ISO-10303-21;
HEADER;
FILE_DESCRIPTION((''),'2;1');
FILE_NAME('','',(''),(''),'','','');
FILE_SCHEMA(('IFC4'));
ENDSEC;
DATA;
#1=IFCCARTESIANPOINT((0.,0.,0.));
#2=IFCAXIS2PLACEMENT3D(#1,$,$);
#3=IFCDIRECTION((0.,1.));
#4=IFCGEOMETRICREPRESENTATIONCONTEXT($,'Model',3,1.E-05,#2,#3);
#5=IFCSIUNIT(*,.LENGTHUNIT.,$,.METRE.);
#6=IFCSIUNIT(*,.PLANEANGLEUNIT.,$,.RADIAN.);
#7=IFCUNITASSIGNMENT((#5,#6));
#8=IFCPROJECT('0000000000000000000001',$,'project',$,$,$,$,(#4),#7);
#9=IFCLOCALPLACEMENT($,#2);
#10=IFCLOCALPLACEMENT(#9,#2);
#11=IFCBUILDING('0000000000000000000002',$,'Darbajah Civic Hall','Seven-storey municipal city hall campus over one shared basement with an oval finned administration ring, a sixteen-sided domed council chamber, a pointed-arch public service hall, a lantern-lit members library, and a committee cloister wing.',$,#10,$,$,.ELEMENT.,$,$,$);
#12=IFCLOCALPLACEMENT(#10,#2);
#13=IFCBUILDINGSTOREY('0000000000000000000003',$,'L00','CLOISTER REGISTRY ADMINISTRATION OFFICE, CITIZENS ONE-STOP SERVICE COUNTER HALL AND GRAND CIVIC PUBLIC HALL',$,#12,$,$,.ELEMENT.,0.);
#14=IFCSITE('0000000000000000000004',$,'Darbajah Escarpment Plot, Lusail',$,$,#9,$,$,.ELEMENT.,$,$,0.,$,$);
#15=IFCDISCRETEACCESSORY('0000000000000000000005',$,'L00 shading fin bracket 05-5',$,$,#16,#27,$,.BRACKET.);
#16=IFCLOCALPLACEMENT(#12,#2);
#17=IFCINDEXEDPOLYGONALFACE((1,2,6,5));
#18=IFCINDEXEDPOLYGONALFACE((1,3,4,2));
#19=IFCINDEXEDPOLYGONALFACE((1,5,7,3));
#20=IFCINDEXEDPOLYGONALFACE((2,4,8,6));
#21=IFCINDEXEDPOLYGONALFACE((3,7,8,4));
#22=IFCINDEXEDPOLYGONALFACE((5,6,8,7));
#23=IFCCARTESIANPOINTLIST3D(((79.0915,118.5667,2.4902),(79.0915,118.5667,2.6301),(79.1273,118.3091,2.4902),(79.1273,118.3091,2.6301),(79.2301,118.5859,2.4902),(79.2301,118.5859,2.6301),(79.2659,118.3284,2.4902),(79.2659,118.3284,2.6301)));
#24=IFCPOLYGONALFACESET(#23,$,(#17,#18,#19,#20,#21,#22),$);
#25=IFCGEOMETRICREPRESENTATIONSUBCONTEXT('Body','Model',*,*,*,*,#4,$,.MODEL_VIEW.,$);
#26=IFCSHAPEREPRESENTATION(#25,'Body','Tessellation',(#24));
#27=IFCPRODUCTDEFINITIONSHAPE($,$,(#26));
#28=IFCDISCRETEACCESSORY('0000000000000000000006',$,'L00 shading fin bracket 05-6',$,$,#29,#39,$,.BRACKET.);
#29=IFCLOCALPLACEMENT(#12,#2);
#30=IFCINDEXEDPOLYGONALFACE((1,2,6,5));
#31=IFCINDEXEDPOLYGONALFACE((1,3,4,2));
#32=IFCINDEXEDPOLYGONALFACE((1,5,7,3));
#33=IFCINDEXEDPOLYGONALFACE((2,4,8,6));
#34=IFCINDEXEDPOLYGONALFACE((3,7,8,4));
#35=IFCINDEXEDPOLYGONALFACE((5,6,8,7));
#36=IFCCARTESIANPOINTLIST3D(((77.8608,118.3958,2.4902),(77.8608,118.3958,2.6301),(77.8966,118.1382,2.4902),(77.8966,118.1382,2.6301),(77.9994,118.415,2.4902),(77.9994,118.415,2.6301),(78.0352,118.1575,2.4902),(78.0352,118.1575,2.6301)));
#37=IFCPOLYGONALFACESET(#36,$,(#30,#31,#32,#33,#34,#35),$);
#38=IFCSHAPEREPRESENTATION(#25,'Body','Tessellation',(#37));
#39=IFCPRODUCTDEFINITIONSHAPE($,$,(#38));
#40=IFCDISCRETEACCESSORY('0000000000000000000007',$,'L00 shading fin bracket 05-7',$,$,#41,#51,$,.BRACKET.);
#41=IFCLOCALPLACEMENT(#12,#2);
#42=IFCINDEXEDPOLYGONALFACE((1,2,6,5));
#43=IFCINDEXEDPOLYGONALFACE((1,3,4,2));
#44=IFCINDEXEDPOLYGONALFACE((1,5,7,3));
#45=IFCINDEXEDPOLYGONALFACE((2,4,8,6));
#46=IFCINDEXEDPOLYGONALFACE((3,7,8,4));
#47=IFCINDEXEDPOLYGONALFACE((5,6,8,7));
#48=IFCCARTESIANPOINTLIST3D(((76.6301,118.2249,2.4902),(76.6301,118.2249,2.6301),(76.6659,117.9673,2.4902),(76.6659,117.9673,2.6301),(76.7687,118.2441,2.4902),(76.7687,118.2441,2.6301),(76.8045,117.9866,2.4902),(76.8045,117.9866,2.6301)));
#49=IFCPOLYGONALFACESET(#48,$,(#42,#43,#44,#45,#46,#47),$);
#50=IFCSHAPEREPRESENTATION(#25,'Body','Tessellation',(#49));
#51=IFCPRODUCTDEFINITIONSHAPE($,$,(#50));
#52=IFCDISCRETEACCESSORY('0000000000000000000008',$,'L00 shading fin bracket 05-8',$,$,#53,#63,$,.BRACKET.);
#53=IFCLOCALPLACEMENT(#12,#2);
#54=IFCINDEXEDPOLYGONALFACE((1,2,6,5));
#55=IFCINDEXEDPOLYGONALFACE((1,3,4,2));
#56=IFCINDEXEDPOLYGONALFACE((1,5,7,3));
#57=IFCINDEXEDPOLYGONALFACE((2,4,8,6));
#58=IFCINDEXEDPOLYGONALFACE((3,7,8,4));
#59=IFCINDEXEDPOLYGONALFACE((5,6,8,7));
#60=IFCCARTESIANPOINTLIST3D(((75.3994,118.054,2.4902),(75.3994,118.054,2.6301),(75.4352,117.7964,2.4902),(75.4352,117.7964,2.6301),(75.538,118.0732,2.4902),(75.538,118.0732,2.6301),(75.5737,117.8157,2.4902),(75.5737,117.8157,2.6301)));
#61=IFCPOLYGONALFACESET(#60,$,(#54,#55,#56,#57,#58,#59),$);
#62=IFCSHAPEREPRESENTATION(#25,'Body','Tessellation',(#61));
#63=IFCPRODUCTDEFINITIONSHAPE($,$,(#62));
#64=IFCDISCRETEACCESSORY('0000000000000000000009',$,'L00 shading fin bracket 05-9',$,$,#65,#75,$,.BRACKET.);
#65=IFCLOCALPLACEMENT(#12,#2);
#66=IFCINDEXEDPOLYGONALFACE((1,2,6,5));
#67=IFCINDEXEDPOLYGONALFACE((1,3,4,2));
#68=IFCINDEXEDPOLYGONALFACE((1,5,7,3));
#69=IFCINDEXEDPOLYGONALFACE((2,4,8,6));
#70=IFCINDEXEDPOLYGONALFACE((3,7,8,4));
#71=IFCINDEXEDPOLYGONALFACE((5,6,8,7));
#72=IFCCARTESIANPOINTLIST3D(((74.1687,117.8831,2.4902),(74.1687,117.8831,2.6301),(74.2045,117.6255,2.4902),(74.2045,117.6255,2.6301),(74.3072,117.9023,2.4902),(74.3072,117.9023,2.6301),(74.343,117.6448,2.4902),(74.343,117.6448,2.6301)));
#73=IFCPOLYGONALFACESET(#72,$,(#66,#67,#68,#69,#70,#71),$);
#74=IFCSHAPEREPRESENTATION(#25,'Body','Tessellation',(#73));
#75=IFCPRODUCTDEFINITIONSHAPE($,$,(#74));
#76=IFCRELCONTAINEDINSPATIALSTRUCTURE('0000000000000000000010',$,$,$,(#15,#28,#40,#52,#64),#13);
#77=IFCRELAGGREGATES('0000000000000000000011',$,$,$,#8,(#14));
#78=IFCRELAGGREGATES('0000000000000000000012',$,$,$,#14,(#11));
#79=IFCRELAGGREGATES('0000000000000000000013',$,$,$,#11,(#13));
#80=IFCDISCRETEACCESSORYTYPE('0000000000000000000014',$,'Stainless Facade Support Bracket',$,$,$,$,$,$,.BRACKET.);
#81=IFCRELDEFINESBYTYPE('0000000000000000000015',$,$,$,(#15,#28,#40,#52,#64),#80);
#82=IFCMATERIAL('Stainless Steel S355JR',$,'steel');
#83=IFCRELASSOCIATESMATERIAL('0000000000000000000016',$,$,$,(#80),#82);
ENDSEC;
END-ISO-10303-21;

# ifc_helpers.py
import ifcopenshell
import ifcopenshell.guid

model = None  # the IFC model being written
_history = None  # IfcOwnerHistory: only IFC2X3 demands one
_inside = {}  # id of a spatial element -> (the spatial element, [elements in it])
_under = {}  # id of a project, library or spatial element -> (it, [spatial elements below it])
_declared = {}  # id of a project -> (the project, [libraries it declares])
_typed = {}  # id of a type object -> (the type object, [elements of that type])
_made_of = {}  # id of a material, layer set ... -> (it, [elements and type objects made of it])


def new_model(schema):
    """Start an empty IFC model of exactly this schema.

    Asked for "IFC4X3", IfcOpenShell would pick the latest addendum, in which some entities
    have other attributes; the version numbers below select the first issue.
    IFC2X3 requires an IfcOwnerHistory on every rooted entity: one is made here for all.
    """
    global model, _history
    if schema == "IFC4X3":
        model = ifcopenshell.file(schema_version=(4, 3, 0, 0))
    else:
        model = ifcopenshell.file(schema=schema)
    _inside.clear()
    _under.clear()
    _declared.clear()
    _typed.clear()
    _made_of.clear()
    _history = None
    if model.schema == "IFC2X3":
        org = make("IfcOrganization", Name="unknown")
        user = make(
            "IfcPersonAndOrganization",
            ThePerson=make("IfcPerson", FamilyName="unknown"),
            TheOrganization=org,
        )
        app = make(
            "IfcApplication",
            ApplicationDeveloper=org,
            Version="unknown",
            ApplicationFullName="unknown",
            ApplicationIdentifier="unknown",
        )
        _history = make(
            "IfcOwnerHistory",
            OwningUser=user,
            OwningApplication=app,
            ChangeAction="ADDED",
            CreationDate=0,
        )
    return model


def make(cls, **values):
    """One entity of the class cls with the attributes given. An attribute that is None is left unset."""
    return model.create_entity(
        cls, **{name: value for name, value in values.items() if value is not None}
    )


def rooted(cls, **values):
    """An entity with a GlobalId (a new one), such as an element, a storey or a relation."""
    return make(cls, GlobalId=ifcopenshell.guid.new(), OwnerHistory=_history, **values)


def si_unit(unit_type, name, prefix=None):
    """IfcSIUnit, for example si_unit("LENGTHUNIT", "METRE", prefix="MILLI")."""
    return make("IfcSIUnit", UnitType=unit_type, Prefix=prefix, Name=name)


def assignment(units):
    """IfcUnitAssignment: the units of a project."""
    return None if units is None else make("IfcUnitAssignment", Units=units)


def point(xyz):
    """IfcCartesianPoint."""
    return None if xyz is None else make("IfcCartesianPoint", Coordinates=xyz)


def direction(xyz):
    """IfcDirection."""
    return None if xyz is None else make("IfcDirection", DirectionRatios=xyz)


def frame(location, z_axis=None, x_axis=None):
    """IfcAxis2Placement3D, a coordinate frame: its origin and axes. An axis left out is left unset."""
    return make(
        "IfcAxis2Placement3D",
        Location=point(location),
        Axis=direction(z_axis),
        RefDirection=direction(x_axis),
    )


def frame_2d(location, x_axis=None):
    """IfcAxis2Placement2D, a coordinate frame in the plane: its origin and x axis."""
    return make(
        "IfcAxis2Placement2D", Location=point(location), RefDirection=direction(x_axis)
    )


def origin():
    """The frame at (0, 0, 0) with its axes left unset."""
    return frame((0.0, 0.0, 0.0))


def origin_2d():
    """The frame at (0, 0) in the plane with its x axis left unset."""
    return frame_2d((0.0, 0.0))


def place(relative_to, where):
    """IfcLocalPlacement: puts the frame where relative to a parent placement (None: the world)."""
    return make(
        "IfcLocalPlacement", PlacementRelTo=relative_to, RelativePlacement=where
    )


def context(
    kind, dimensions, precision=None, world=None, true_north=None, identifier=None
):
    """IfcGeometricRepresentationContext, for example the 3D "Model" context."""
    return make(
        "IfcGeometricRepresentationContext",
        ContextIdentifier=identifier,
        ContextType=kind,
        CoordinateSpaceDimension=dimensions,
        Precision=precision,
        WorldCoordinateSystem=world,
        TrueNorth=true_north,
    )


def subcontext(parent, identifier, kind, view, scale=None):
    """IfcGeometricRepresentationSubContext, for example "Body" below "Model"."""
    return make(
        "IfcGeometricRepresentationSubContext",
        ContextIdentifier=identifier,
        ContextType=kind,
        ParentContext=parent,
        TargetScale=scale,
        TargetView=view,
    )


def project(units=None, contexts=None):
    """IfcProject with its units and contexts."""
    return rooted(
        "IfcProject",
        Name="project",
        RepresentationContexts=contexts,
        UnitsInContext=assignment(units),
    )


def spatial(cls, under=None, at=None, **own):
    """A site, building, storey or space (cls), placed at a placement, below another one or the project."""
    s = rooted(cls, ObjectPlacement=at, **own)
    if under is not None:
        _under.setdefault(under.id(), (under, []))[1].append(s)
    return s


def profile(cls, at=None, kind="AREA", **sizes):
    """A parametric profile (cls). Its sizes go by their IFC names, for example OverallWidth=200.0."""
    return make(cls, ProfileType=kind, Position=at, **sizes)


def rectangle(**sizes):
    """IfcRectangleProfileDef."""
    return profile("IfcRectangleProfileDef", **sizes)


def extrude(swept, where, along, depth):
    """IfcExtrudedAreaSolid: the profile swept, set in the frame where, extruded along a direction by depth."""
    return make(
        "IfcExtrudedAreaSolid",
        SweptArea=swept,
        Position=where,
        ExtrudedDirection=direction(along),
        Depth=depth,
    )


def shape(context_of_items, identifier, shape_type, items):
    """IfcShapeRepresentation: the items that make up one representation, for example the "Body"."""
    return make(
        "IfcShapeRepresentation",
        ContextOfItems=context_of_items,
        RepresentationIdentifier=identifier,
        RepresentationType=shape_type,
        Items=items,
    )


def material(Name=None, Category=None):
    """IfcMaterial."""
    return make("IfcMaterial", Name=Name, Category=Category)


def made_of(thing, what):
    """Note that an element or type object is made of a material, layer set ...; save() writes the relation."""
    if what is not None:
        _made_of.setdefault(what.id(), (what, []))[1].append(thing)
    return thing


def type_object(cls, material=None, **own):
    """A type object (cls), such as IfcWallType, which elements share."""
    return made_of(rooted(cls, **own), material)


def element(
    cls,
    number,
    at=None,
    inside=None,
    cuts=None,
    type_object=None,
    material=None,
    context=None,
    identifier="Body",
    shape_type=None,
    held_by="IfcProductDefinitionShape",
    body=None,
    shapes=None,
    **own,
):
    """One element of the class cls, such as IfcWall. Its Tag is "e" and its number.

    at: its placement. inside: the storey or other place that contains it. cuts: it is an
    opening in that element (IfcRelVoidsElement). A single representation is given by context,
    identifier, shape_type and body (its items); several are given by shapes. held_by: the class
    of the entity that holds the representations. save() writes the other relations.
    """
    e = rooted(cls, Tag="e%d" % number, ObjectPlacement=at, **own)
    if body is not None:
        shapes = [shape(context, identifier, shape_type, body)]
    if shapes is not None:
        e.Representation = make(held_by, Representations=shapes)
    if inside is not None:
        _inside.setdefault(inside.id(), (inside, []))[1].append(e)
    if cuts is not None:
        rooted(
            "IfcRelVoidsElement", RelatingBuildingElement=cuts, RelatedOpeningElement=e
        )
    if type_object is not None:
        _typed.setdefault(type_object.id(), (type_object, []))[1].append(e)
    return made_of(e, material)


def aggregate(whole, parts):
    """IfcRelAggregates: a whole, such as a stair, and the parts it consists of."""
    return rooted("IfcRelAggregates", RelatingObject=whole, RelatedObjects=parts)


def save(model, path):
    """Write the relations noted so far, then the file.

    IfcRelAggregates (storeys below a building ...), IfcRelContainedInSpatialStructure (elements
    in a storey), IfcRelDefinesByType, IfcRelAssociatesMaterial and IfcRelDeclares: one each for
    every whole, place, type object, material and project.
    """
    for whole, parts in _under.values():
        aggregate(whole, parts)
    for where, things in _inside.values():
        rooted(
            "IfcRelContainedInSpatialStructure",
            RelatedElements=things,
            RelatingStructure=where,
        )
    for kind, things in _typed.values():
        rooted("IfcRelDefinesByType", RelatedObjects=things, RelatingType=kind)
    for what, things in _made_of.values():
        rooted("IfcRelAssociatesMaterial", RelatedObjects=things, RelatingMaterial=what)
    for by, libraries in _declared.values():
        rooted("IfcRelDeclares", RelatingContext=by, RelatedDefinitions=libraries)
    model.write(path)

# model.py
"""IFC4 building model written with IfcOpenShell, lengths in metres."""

from ifc_helpers import new_model, si_unit, direction, frame, origin, origin_2d, place, context, subcontext, project, spatial, rectangle, extrude, material, type_object, element, save


model = new_model("IFC4")

# Units and contexts
model_context = context("Model", 3, precision=1e-05, world=origin(), true_north=direction((0.0, 1.0)))
body_context = subcontext(model_context, "Body", "Model", "MODEL_VIEW")
ifc_project = project(units=[si_unit("LENGTHUNIT", "METRE"), si_unit("PLANEANGLEUNIT", "RADIAN")], contexts=[model_context])

# Site, building, storey
site_placement = place(None, origin())
site = spatial("IfcSite", under=ifc_project, at=site_placement, Name="Darbajah Escarpment Plot, Lusail", CompositionType="ELEMENT", RefElevation=0.0)
building_placement = place(site_placement, origin())
building = spatial("IfcBuilding", under=site, at=building_placement, Name="Darbajah Civic Hall", Description="Seven-storey municipal city hall campus over one shared basement with an oval finned administration ring, a sixteen-sided domed council chamber, a pointed-arch public service hall, a lantern-lit members library, and a committee cloister wing.", CompositionType="ELEMENT")
storey_placement = place(building_placement, origin())
storey = spatial("IfcBuildingStorey", under=building, at=storey_placement, Name="L00", Description="CLOISTER REGISTRY ADMINISTRATION OFFICE, CITIZENS ONE-STOP SERVICE COUNTER HALL AND GRAND CIVIC PUBLIC HALL", CompositionType="ELEMENT", Elevation=0.0)

# Discrete accessories
ifc_material_1 = material(Name="Stainless Steel S355JR", Category="steel")
discrete_accessory_type = type_object("IfcDiscreteAccessoryType", Name="Stainless Facade Support Bracket", PredefinedType="BRACKET", material=ifc_material_1)
for number, where, z_axis, x_axis, name in (
    (1, (79.1787, 118.4475, 2.4902), (0.0, 0.0, 1.0), (-0.137617, 0.990485, 0.0), "L00 shading fin bracket 05-5"),
    (2, (77.948, 118.2766, 2.4902), (0.0, 0.0, 1.0), (-0.137617, 0.990485, 0.0), "L00 shading fin bracket 05-6"),
    (3, (76.7173, 118.1057, 2.4902), (0.0, 0.0, 1.0), (-0.137617, 0.990485, 0.0), "L00 shading fin bracket 05-7"),
    (4, (75.4866, 117.9348, 2.4902), (0.0, 0.0, 1.0), (-0.137617, 0.990485, 0.0), "L00 shading fin bracket 05-8"),
    (5, (74.2559, 117.7639, 2.4902), (0.0, 0.0, 1.0), (-0.137617, 0.990485, 0.0), "L00 shading fin bracket 05-9"),
):
    element("IfcDiscreteAccessory", number, at=place(storey_placement, frame(where, z_axis=z_axis, x_axis=x_axis)), inside=storey, type_object=discrete_accessory_type, Name=name, PredefinedType="BRACKET", context=body_context, shape_type="SweptSolid", body=[
        extrude(rectangle(XDim=0.26, YDim=0.1399, at=origin_2d()), origin(), (0.0, 0.0, 1.0), 0.1399),
    ])

save(model, "model.ifc")
